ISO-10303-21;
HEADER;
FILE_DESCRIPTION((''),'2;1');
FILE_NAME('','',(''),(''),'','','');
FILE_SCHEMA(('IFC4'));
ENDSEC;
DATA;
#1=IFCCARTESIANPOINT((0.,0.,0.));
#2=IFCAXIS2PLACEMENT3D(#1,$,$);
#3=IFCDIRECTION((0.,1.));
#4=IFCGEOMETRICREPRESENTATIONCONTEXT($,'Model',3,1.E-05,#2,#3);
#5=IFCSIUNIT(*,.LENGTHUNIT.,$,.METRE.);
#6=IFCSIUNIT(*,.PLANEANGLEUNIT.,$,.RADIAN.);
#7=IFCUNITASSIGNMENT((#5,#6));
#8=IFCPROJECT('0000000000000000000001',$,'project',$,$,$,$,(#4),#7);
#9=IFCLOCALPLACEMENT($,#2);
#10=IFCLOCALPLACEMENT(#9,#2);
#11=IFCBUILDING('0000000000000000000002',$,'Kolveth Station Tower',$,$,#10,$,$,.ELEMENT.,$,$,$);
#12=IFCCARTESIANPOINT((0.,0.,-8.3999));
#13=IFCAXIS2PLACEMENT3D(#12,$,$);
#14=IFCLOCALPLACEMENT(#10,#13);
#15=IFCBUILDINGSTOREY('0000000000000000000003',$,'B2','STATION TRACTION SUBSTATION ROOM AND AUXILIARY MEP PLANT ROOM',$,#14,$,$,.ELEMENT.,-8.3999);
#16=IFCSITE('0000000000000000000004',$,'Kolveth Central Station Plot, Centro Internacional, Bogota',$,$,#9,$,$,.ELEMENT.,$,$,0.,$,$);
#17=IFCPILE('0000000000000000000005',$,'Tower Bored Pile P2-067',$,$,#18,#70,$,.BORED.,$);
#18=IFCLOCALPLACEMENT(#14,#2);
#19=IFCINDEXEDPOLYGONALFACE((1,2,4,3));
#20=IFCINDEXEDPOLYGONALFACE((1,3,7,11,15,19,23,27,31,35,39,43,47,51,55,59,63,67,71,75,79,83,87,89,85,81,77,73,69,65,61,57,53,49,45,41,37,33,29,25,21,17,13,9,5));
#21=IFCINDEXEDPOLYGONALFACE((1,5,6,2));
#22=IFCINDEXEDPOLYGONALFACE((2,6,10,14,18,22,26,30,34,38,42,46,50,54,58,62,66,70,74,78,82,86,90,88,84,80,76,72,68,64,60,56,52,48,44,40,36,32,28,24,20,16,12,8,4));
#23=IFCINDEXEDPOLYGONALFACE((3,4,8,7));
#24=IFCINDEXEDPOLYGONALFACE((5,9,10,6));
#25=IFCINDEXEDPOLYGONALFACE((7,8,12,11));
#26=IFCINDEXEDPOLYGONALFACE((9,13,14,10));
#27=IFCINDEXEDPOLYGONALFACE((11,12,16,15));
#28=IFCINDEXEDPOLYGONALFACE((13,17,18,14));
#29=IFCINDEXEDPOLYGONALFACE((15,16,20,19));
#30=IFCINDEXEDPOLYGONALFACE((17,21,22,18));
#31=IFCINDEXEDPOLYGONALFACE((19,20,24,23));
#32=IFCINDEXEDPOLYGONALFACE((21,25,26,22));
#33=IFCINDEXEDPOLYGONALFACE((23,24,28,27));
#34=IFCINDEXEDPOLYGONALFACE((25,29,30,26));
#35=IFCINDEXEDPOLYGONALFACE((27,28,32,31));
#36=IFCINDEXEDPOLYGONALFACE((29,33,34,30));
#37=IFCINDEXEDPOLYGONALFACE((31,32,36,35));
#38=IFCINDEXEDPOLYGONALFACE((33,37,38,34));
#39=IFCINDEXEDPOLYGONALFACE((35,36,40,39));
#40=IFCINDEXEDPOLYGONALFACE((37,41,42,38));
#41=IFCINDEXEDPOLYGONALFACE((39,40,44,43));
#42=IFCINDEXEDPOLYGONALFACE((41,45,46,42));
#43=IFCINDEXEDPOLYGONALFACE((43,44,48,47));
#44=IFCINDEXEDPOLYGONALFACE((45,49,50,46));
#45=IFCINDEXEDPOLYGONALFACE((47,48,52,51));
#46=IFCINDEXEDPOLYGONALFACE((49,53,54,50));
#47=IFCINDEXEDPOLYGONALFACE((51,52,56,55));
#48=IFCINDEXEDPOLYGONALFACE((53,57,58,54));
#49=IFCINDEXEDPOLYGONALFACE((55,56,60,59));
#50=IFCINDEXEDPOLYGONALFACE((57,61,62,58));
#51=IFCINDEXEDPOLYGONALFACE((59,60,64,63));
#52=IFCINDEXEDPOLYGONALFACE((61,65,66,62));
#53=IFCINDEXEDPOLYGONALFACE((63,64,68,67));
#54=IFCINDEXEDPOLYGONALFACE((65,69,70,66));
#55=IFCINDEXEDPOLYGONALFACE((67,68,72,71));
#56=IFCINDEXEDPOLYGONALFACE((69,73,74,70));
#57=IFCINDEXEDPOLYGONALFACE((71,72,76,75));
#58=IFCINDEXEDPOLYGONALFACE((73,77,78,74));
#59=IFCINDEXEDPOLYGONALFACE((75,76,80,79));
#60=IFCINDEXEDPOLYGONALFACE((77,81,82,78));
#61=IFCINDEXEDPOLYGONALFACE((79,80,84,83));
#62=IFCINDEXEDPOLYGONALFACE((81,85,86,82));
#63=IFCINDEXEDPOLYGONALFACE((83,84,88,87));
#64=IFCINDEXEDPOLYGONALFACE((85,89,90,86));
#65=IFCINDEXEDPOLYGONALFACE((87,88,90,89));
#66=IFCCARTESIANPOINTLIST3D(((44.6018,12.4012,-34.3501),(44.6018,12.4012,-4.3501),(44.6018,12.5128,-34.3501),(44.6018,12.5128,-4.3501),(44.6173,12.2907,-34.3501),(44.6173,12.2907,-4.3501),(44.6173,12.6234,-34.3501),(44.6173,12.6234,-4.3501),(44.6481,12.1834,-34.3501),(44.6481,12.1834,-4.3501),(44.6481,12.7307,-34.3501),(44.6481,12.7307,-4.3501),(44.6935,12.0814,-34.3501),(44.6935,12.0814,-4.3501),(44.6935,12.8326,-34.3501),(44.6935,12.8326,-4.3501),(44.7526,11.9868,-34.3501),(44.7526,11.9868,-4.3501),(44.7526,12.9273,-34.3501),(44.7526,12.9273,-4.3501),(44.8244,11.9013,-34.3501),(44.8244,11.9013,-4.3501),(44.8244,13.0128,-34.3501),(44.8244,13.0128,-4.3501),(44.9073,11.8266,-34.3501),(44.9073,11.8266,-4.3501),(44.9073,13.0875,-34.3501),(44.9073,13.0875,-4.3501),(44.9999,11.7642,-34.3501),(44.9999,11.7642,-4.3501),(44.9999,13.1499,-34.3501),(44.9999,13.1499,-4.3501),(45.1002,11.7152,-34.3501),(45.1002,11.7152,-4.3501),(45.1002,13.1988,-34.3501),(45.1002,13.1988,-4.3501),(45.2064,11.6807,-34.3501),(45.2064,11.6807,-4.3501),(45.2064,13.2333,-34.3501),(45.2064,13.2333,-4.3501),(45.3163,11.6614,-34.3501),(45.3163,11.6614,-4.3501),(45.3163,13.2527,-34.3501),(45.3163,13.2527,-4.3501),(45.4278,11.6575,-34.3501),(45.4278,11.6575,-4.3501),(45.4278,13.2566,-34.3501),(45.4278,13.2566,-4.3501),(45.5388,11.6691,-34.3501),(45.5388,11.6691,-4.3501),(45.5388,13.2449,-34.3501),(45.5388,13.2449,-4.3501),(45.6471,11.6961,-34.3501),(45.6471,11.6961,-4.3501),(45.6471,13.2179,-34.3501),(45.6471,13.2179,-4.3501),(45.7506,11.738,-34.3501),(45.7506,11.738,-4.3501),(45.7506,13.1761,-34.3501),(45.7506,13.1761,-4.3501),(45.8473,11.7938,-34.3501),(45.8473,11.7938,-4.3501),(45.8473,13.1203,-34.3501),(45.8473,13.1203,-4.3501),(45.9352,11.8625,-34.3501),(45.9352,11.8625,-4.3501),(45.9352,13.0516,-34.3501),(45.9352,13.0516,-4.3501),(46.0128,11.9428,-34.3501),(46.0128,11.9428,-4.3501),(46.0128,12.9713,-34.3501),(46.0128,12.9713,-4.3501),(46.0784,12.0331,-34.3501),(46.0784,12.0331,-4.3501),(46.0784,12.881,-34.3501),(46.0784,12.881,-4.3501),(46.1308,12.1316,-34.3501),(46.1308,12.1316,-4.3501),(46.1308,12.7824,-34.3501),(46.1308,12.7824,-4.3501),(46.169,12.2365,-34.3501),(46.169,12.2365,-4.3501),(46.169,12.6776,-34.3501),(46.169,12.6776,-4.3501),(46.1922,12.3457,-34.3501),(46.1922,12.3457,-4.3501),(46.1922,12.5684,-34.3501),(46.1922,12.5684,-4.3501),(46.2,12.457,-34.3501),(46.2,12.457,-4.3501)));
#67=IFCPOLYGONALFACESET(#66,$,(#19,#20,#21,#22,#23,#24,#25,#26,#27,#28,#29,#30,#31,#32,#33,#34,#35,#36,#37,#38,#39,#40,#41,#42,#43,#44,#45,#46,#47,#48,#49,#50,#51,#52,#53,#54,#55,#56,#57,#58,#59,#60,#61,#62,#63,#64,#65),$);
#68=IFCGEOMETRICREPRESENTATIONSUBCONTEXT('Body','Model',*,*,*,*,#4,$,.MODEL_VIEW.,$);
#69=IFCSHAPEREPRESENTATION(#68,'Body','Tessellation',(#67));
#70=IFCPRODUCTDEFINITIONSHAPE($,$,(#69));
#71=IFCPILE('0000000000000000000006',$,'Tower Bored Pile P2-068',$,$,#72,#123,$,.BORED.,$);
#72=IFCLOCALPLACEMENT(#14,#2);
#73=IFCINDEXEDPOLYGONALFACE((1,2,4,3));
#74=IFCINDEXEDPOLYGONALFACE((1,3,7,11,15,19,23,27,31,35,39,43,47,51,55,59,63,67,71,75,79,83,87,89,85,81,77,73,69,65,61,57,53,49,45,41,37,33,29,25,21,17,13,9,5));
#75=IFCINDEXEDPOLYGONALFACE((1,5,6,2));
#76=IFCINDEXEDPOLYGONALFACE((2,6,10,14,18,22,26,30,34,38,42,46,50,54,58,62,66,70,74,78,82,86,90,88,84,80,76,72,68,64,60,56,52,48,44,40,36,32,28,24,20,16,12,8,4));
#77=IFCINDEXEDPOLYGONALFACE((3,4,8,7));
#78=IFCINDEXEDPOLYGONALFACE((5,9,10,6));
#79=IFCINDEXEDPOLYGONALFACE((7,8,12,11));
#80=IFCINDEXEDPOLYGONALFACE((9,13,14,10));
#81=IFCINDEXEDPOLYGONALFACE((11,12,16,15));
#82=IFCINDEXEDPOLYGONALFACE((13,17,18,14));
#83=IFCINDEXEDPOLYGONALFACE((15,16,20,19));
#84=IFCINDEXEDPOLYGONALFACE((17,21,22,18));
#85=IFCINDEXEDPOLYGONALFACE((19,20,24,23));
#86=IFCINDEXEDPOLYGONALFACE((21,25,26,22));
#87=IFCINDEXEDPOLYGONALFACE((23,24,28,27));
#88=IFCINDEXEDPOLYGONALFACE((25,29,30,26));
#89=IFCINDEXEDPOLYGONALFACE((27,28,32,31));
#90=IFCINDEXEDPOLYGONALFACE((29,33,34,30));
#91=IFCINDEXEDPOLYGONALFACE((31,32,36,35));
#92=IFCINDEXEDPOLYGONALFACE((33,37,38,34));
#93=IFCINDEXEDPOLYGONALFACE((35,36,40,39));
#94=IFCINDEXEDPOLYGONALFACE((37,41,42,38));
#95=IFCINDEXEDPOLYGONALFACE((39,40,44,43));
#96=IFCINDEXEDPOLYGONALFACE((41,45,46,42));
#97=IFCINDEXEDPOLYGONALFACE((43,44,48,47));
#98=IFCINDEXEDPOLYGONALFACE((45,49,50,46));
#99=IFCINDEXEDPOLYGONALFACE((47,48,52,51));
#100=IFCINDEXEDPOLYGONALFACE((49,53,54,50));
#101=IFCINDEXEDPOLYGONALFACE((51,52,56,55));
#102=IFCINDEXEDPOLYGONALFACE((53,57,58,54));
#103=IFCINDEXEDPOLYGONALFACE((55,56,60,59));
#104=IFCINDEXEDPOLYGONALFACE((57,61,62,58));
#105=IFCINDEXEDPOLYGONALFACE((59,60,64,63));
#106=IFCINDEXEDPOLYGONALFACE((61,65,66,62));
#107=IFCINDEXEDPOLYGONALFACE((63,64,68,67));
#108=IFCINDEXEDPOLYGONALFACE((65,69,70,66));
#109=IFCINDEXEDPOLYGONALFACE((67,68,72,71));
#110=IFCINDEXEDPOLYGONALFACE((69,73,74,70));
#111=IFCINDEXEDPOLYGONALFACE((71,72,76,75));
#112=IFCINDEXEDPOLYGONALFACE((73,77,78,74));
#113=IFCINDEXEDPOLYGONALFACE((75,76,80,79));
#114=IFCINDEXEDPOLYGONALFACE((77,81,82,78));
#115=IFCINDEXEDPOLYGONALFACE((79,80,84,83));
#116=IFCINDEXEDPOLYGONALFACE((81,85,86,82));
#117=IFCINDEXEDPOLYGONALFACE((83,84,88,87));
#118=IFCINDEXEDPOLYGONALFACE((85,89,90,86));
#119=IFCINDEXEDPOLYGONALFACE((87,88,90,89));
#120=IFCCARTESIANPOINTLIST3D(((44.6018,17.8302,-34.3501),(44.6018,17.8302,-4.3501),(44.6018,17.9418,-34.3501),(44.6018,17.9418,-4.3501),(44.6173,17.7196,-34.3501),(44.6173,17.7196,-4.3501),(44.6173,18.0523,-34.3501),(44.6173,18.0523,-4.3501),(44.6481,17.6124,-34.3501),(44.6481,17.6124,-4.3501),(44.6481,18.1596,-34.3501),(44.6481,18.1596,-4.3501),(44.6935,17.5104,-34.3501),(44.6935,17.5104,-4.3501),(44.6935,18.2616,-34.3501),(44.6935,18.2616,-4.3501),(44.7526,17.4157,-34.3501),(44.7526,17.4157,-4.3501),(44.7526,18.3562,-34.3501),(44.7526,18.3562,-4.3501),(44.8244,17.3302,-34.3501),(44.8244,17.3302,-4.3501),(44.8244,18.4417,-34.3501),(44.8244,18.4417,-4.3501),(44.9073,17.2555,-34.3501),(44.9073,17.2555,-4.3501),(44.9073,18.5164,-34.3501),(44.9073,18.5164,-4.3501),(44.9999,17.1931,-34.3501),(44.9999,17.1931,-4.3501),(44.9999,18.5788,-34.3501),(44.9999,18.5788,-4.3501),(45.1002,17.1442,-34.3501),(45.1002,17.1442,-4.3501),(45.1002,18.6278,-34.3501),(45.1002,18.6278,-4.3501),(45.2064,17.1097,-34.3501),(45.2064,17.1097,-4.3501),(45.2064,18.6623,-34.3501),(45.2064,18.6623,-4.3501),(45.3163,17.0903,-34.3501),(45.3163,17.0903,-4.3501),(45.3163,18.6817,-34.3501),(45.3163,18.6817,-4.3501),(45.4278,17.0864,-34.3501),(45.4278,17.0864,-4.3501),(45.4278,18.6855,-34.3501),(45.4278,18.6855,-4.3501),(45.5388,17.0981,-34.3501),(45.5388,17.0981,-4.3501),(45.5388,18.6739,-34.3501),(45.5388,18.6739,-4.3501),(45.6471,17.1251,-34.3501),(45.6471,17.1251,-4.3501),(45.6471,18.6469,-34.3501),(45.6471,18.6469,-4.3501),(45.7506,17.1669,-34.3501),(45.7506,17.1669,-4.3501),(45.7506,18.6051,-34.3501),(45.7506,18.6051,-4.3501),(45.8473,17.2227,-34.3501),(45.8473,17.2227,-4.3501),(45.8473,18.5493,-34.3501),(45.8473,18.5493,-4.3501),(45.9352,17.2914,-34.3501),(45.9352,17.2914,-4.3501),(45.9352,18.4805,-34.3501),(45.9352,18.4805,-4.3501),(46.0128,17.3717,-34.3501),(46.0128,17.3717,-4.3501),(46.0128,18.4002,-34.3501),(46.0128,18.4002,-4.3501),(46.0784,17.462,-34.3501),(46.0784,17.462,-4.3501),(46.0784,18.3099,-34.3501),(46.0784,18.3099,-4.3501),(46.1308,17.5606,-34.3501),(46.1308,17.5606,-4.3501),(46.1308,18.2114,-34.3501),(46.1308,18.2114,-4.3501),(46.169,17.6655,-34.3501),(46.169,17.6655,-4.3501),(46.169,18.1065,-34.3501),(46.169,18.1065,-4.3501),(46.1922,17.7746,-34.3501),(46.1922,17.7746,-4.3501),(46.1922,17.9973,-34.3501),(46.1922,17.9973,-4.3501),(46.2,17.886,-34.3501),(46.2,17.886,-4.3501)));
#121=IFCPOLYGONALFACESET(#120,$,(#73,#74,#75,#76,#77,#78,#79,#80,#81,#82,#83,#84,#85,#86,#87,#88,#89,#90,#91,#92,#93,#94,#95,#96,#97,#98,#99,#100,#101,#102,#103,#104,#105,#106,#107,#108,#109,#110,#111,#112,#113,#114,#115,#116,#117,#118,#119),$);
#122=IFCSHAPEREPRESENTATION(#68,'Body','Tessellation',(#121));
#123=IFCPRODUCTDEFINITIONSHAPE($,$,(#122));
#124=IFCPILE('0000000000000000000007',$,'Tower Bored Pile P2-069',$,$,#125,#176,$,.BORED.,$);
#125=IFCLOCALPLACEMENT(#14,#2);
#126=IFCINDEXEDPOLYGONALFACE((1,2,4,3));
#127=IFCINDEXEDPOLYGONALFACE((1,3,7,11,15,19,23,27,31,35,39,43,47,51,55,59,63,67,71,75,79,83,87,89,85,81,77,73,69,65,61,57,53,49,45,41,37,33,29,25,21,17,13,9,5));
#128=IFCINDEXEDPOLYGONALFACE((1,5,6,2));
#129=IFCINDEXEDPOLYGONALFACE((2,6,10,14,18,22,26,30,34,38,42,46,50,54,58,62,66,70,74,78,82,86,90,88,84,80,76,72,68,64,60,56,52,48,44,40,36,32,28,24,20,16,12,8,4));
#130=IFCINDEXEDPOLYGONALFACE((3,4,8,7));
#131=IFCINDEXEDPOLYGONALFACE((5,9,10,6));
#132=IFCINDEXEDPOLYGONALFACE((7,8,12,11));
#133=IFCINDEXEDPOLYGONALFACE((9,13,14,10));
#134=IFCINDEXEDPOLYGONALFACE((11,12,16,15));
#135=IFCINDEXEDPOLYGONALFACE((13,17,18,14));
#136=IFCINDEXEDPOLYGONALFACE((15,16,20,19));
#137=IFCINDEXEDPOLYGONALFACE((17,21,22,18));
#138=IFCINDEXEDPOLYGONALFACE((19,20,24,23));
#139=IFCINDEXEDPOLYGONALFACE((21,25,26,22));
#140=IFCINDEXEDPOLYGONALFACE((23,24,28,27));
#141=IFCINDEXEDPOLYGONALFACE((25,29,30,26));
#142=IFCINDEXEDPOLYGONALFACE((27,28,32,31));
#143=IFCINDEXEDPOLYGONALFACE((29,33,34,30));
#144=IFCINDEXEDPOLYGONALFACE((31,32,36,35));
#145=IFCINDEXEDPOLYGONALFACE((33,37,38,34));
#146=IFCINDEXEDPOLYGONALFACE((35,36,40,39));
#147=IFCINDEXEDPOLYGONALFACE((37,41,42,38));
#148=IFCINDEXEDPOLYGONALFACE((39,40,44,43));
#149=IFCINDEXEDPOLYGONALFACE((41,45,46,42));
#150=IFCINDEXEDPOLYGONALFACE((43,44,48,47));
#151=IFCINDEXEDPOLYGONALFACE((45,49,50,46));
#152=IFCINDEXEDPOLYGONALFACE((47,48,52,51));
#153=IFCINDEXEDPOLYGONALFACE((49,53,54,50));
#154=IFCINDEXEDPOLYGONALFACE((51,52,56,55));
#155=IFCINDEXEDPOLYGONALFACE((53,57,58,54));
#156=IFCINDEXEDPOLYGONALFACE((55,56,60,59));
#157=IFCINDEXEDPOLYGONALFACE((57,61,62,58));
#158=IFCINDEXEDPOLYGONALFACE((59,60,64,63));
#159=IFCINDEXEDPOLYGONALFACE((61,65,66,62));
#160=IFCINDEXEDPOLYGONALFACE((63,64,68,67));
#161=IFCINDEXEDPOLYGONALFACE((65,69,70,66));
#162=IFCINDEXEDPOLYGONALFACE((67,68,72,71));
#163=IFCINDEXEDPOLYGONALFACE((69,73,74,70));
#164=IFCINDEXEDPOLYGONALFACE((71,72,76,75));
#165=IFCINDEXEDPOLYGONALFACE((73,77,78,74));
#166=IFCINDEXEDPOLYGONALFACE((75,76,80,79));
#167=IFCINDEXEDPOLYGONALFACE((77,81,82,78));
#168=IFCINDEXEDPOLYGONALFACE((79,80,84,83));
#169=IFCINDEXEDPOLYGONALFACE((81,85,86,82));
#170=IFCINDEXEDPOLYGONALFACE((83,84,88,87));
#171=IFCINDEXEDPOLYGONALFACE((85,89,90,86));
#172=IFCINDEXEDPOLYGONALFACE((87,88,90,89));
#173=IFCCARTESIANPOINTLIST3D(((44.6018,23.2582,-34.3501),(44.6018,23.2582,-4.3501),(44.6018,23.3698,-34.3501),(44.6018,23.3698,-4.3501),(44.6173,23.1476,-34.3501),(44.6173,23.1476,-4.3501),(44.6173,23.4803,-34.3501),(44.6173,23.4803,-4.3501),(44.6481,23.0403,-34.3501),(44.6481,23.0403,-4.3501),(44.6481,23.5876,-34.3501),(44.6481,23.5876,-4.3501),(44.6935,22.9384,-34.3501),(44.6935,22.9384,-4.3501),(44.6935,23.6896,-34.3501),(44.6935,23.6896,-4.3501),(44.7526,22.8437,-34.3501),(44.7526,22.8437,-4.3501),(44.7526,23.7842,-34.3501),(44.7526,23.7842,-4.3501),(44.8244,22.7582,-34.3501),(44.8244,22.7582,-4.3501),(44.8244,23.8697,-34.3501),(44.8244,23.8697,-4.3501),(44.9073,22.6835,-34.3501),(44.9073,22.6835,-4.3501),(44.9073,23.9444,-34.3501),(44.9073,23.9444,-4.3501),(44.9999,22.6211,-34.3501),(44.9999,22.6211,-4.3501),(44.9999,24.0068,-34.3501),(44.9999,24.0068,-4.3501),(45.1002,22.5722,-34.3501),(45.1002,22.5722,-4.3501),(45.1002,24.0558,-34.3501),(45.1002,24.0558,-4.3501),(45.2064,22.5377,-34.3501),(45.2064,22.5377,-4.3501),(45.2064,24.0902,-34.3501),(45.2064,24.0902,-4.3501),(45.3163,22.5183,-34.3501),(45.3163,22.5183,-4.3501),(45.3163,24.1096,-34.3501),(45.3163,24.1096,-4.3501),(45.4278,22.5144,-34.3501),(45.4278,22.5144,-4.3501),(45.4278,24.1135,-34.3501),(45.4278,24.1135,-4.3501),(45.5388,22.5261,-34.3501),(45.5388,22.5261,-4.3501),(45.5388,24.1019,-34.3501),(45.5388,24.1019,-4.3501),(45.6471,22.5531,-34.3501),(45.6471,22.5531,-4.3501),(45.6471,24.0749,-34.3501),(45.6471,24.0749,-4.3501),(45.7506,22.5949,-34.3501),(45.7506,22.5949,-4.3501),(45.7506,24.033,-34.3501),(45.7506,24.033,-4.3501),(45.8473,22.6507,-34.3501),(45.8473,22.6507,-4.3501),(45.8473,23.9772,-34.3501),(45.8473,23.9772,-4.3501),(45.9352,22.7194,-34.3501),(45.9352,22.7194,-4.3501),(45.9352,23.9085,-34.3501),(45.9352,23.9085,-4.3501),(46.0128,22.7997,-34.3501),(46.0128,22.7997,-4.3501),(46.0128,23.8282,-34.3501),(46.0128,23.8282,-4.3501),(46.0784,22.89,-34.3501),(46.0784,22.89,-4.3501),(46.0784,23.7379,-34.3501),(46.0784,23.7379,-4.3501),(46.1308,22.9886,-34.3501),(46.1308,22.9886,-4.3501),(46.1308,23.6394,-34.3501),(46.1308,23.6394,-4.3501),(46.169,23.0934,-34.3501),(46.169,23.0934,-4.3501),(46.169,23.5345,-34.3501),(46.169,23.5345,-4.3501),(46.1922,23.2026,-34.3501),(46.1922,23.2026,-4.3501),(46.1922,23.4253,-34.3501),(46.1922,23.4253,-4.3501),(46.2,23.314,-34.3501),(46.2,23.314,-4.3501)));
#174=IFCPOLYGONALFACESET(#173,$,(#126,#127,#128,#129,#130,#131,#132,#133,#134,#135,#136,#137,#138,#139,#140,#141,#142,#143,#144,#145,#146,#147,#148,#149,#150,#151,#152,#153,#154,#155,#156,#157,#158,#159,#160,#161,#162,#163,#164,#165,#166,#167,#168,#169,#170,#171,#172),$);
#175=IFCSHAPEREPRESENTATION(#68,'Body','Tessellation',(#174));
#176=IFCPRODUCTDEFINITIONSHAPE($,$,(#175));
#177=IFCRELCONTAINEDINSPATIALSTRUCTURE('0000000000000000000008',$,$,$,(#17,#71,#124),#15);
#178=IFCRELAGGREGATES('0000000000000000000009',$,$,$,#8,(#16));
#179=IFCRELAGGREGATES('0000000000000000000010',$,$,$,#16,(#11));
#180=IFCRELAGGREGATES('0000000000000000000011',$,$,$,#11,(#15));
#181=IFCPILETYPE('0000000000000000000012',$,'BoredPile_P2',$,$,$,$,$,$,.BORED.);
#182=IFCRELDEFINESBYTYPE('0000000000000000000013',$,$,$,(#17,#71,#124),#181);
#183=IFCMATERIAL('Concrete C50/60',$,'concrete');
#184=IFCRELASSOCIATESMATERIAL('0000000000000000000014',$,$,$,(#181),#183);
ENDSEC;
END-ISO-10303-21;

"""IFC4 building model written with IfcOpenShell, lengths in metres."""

from ifc_helpers import new_model, si_unit, direction, frame, origin, origin_2d, place, context, subcontext, project, spatial, circle, extrude, source, transform, mapped, material, material_profile, profile_set, type_object, element, save


model = new_model("IFC4")

# Units and contexts
model_context = context("Model", 3, precision=1e-05, world=origin(), true_north=direction((0.0, 1.0)))
body_context = subcontext(model_context, "Body", "Model", "MODEL_VIEW")
ifc_project = project(units=[si_unit("LENGTHUNIT", "METRE"), si_unit("PLANEANGLEUNIT", "RADIAN")], contexts=[model_context])

# Site, building, storey
site_placement = place(None, origin())
site = spatial("IfcSite", under=ifc_project, at=site_placement, Name="Kolveth Central Station Plot, Centro Internacional, Bogota", CompositionType="ELEMENT", RefElevation=0.0)
building_placement = place(site_placement, origin())
building = spatial("IfcBuilding", under=site, at=building_placement, Name="Kolveth Station Tower", CompositionType="ELEMENT")
storey_placement = place(building_placement, frame((0.0, 0.0, -8.3999)))
storey = spatial("IfcBuildingStorey", under=building, at=storey_placement, Name="B2", Description="STATION TRACTION SUBSTATION ROOM AND AUXILIARY MEP PLANT ROOM", CompositionType="ELEMENT", Elevation=-8.3999)

# Piles
ifc_material_1 = material(Name="Concrete C50/60", Category="concrete")
ifc_material_profile_1 = material_profile(ifc_material_1, circle(Radius=0.8, at=origin_2d()), Name="PILE-D1600")
ifc_profile_set_1 = profile_set([ifc_material_profile_1], Name="Concrete C50/60")
pile_type_1 = type_object("IfcPileType", Name="BoredPile_P2", PredefinedType="BORED", material=ifc_profile_set_1)
shared_shape_1 = source(origin(), body_context, "Body", "SweptSolid", [
    extrude(circle(Radius=0.8, at=origin_2d()), origin(), (0.0, 0.0, 1.0), 30.0),
])
for number, where, z_axis, x_axis, name in (
    (1, (45.3999, 12.457, -4.3501), (0.0, 0.0, -1.0), (1.0, 0.0, 0.0), "Tower Bored Pile P2-067"),
    (2, (45.3999, 17.886, -4.3501), (0.0, 0.0, -1.0), (1.0, 0.0, 0.0), "Tower Bored Pile P2-068"),
    (3, (45.3999, 23.314, -4.3501), (0.0, 0.0, -1.0), (1.0, 0.0, 0.0), "Tower Bored Pile P2-069"),
):
    element("IfcPile", number, at=place(storey_placement, frame(where, z_axis=z_axis, x_axis=x_axis)), inside=storey, type_object=pile_type_1, Name=name, PredefinedType="BORED", context=body_context, shape_type="MappedRepresentation", body=[
        mapped(shared_shape_1, transform((0.0, 0.0, 0.0), x_axis=(1.0, 0.0, 0.0), y_axis=(0.0, 1.0, 0.0), z_axis=(0.0, 0.0, 1.0), scale=1.0)),
    ])

save(model, "model.ifc")
